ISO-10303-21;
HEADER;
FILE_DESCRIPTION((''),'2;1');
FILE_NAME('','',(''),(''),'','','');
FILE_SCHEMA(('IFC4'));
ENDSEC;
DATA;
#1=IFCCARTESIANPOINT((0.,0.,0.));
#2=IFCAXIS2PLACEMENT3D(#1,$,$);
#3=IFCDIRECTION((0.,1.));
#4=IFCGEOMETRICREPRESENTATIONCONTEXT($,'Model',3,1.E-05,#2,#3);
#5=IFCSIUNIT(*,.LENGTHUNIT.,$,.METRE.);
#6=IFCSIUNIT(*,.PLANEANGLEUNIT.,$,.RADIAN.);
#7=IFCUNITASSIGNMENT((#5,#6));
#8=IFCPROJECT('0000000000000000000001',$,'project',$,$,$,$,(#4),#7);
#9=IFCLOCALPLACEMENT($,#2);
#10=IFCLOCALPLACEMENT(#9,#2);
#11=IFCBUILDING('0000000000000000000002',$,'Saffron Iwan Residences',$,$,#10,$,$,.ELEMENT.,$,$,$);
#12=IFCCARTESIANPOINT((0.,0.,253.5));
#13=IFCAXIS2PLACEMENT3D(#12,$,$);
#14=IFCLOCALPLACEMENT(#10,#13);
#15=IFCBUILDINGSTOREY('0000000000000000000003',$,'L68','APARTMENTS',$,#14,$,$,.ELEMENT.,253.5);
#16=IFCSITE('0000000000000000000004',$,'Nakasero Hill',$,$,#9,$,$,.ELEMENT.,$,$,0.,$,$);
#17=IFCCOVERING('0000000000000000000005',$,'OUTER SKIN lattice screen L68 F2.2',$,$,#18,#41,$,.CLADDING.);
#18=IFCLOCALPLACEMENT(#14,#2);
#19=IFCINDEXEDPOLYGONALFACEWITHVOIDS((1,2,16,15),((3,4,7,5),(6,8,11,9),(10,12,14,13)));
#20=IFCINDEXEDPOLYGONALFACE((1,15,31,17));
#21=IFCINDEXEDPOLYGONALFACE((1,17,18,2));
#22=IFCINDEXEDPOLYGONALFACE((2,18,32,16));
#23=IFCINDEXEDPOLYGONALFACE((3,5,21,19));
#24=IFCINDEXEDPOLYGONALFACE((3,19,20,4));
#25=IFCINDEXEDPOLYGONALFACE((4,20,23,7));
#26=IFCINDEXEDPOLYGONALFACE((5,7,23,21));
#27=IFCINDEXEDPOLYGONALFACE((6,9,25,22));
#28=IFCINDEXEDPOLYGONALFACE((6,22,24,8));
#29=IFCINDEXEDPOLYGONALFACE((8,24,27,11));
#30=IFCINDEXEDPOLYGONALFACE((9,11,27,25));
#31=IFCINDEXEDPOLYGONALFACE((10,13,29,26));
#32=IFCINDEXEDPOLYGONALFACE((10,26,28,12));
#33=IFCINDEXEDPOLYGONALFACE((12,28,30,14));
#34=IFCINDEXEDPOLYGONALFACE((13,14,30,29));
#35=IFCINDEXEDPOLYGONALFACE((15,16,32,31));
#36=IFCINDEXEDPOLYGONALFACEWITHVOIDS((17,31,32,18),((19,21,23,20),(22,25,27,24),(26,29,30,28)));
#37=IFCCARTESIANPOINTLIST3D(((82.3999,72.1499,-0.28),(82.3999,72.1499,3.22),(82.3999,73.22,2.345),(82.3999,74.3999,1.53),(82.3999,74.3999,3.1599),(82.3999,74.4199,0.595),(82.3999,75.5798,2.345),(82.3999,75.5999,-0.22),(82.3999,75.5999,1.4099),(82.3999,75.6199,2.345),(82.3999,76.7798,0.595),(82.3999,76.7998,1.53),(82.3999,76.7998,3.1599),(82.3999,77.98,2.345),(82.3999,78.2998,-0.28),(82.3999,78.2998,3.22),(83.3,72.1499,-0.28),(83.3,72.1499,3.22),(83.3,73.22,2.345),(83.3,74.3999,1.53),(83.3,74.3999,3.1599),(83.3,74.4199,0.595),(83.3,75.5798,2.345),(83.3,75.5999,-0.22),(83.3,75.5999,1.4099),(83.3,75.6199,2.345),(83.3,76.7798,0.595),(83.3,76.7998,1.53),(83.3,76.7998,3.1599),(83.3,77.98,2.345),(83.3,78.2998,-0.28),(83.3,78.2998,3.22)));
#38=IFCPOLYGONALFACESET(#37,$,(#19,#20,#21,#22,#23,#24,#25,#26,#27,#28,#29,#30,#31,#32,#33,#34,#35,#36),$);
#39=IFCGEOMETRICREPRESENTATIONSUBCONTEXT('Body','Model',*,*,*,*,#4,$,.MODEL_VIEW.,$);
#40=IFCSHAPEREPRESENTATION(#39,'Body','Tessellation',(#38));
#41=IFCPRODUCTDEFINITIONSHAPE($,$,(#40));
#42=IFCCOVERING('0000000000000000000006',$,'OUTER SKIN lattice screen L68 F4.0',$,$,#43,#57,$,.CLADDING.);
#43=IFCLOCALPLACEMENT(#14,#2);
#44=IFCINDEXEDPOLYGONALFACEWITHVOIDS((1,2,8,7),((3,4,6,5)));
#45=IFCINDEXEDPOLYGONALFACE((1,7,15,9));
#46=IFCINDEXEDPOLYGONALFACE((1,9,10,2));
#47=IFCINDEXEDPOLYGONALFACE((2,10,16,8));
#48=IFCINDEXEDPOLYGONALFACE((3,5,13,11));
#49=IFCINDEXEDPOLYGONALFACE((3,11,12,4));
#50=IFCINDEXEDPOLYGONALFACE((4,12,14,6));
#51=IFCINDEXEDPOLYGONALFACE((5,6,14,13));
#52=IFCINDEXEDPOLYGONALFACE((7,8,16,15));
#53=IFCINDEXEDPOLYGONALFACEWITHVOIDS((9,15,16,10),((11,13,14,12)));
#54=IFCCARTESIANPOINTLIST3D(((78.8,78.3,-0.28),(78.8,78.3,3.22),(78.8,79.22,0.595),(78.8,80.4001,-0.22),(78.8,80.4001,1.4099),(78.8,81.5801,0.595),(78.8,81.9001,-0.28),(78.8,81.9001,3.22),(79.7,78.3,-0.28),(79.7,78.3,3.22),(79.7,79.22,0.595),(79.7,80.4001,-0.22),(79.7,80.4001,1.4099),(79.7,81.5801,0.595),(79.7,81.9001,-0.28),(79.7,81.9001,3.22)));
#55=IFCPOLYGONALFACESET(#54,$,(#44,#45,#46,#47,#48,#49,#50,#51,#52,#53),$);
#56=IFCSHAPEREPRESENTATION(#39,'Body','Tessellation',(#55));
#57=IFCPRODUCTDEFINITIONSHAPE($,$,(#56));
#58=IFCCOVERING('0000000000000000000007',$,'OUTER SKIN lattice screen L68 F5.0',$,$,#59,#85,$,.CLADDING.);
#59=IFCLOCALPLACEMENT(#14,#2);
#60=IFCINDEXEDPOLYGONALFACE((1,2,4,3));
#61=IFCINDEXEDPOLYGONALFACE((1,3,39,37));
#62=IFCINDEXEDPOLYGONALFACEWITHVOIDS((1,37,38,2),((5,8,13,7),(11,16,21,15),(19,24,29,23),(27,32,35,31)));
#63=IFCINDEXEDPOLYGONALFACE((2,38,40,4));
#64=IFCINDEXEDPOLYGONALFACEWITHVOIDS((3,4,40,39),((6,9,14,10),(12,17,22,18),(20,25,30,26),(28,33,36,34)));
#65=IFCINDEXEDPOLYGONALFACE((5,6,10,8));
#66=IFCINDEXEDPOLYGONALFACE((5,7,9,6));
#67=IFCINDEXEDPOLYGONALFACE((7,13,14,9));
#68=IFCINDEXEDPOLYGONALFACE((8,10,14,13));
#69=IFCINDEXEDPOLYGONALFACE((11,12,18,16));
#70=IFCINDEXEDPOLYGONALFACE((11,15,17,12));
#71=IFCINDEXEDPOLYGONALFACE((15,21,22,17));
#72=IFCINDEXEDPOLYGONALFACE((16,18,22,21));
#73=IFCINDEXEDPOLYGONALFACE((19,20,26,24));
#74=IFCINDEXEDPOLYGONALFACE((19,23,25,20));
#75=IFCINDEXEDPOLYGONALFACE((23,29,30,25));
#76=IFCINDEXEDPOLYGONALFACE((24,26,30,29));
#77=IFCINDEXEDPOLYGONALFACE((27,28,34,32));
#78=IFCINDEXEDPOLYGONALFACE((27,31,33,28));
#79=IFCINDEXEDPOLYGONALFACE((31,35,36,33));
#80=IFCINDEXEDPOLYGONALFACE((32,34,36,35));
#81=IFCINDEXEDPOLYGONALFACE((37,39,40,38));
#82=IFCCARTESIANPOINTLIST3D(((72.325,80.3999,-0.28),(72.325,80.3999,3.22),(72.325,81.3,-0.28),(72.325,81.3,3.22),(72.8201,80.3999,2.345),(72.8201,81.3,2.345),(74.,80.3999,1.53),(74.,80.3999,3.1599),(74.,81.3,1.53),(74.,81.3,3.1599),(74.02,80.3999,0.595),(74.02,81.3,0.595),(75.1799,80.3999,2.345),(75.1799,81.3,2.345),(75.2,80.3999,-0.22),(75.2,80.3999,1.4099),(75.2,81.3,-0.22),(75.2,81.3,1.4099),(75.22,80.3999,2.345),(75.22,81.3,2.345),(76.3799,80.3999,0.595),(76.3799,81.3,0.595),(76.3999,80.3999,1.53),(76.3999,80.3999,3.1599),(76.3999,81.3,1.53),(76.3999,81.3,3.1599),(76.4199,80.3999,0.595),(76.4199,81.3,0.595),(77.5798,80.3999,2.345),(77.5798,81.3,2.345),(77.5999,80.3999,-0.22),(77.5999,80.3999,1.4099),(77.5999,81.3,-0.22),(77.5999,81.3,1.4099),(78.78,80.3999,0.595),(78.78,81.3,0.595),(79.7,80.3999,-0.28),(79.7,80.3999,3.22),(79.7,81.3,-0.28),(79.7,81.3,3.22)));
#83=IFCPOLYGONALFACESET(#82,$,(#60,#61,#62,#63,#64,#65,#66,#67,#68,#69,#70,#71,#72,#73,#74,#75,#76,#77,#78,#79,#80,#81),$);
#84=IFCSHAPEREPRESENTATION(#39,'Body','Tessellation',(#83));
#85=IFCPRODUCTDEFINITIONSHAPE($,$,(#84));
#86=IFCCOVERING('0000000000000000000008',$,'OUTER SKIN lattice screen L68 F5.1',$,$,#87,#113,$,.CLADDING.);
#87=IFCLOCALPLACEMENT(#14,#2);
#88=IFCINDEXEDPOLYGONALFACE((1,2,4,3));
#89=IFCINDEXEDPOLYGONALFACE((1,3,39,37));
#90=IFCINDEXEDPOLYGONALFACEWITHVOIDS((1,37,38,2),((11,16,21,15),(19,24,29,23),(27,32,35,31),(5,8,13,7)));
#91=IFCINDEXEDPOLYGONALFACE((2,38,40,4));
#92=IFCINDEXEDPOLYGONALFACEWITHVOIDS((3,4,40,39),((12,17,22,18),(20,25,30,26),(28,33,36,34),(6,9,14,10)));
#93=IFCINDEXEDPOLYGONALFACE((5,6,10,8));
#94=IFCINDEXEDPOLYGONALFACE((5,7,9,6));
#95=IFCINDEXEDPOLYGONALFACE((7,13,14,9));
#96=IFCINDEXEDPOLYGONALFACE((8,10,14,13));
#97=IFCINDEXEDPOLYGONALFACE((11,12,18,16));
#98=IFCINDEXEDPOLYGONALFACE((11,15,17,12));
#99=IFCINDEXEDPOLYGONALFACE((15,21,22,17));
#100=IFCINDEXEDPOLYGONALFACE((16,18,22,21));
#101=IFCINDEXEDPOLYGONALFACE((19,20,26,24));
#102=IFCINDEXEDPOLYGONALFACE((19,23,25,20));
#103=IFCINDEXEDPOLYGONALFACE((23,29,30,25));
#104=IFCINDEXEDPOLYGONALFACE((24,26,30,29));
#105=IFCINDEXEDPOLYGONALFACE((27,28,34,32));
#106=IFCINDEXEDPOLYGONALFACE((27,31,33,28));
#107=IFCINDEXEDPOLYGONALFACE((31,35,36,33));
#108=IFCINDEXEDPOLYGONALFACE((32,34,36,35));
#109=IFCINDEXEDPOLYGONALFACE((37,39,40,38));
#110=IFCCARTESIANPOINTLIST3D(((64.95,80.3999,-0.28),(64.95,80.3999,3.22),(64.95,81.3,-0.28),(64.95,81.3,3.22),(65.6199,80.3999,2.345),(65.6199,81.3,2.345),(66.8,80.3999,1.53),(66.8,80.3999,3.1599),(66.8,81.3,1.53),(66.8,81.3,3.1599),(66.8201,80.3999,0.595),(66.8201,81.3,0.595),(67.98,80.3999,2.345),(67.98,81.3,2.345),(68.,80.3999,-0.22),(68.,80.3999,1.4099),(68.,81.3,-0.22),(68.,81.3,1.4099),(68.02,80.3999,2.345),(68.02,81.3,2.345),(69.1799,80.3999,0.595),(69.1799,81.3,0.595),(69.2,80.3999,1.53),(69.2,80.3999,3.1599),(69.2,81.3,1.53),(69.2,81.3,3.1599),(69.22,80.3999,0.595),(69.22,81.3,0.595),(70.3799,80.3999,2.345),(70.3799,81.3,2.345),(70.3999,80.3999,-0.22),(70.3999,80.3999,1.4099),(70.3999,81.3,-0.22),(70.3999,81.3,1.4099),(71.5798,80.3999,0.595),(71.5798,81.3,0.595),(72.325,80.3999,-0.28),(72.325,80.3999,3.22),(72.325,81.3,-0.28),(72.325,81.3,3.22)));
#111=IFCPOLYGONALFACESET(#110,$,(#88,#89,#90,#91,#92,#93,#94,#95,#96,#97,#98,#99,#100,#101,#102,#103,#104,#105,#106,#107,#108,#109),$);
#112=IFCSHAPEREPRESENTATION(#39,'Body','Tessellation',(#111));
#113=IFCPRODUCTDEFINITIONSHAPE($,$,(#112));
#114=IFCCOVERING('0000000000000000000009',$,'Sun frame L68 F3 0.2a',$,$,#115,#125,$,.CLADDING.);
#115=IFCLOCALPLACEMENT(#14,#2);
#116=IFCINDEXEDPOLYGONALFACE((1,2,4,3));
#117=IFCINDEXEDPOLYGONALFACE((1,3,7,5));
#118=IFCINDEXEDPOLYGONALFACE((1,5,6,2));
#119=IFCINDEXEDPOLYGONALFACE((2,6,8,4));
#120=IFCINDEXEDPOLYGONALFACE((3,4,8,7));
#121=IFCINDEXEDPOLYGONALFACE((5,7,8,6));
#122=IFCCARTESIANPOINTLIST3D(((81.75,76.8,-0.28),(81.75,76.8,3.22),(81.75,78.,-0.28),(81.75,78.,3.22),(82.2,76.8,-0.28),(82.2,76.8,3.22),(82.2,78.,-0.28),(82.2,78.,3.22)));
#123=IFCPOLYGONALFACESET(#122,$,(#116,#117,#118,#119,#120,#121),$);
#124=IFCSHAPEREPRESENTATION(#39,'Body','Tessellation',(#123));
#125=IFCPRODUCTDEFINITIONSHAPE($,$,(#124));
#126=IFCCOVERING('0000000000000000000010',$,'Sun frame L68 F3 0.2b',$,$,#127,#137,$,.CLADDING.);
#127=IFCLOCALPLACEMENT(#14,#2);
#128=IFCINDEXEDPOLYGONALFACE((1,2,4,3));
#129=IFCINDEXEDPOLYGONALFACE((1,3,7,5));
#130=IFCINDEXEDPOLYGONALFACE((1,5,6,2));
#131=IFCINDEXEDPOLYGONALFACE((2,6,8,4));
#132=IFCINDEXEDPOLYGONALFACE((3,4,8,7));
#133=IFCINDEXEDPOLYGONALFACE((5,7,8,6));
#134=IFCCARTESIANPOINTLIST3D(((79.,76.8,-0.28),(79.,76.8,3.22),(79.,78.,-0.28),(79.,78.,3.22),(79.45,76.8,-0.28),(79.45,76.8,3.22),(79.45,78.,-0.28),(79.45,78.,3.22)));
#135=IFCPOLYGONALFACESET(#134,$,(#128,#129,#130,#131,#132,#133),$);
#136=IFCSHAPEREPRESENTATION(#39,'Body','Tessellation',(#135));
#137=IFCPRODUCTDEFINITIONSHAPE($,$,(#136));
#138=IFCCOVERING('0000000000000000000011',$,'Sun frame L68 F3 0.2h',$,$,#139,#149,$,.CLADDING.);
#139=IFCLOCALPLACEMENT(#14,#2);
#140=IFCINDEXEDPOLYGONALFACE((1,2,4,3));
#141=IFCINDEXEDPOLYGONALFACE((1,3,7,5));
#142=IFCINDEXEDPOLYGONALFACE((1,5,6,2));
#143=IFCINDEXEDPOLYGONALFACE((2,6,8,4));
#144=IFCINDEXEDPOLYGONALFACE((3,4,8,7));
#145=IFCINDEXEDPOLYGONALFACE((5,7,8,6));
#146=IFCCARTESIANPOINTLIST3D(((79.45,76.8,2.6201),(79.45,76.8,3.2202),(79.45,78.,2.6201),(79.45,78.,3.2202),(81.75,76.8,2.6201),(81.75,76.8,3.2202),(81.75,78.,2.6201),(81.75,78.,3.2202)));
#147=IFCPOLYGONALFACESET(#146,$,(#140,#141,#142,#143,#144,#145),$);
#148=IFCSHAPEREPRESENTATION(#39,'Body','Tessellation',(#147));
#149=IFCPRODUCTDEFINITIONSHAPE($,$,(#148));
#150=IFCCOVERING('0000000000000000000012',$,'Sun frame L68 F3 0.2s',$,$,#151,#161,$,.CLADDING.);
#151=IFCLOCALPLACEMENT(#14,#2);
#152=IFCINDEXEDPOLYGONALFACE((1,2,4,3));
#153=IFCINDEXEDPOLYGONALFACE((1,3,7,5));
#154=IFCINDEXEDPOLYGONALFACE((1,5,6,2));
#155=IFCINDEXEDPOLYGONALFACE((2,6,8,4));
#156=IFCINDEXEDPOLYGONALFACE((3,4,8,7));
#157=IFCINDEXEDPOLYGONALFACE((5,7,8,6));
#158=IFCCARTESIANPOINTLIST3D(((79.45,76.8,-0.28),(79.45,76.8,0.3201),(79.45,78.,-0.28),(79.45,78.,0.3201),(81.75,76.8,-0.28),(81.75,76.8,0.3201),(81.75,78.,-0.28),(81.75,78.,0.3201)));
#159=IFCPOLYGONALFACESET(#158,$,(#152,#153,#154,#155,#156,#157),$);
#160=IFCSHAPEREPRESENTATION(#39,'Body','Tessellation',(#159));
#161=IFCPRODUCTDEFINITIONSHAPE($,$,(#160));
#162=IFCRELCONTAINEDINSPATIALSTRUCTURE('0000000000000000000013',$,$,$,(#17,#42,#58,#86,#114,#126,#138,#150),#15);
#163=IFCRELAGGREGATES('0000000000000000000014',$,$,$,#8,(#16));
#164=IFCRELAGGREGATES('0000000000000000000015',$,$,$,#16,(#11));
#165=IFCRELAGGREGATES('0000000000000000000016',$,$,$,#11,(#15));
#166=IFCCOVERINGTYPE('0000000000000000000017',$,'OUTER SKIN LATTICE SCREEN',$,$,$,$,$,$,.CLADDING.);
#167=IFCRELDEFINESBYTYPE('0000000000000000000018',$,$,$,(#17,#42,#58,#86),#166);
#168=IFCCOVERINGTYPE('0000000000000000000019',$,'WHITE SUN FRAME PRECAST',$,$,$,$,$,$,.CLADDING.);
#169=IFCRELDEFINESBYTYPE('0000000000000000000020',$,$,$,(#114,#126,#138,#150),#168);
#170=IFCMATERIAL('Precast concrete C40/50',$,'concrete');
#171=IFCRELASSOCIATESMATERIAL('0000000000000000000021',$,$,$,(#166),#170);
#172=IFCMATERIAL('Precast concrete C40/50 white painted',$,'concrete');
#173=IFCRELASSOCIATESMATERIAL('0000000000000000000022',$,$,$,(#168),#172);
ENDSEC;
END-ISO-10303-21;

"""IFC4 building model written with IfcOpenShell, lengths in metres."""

from ifc_helpers import new_model, si_unit, direction, frame, origin, place, context, subcontext, project, spatial, polyline, outline, extrude, material, type_object, element, save


model = new_model("IFC4")

# Units and contexts
model_context = context("Model", 3, precision=1e-05, world=origin(), true_north=direction((0.0, 1.0)))
body_context = subcontext(model_context, "Body", "Model", "MODEL_VIEW")
ifc_project = project(units=[si_unit("LENGTHUNIT", "METRE"), si_unit("PLANEANGLEUNIT", "RADIAN")], contexts=[model_context])

# Site, building, storey
site_placement = place(None, origin())
site = spatial("IfcSite", under=ifc_project, at=site_placement, Name="Nakasero Hill", CompositionType="ELEMENT", RefElevation=0.0)
building_placement = place(site_placement, origin())
building = spatial("IfcBuilding", under=site, at=building_placement, Name="Saffron Iwan Residences", CompositionType="ELEMENT")
storey_placement = place(building_placement, frame((0.0, 0.0, 253.5)))
storey = spatial("IfcBuildingStorey", under=building, at=storey_placement, Name="L68", Description="APARTMENTS", CompositionType="ELEMENT", Elevation=253.5)

# Coverings
ifc_material_1 = material(Name="Precast concrete C40/50", Category="concrete")
covering_type_1 = type_object("IfcCoveringType", Name="OUTER SKIN LATTICE SCREEN", PredefinedType="CLADDING", material=ifc_material_1)
covering_1_placement = place(storey_placement, frame((82.3999, 72.1499, -0.28), z_axis=(1.0, 0.0, 0.0), x_axis=(0.0, 1.0, 0.0)))
element("IfcCovering", 1, at=covering_1_placement, inside=storey, type_object=covering_type_1, Name="OUTER SKIN lattice screen L68 F2.2", PredefinedType="CLADDING", context=body_context, shape_type="SweptSolid", body=[
    extrude(outline(polyline([(0.0, 0.0), (6.1499, 0.0), (6.1499, 3.5), (0.0, 3.5), (0.0, 0.0)]), holes=[polyline([(2.27, 0.875), (3.45, 0.0601), (4.6299, 0.875), (3.45, 1.6899), (2.27, 0.875)]), polyline([(1.0701, 2.625), (2.25, 1.8101), (3.4299, 2.625), (2.25, 3.4399), (1.0701, 2.625)]), polyline([(3.47, 2.625), (4.6499, 1.8101), (5.8301, 2.625), (4.6499, 3.4399), (3.47, 2.625)])]), origin(), (0.0, 0.0, 1.0), 0.9001),
])
covering_2_placement = place(storey_placement, frame((78.8, 78.3, -0.28), z_axis=(1.0, 0.0, 0.0), x_axis=(0.0, 1.0, 0.0)))
element("IfcCovering", 2, at=covering_2_placement, inside=storey, type_object=covering_type_1, Name="OUTER SKIN lattice screen L68 F4.0", PredefinedType="CLADDING", context=body_context, shape_type="SweptSolid", body=[
    extrude(outline(polyline([(0.0, 0.0), (3.6001, 0.0), (3.6001, 3.5), (0.0, 3.5), (0.0, 0.0)]), holes=[polyline([(0.9199, 0.875), (2.1001, 0.0601), (3.28, 0.875), (2.1001, 1.6899), (0.9199, 0.875)])]), origin(), (0.0, 0.0, 1.0), 0.8999),
])
covering_3_placement = place(storey_placement, frame((79.7, 80.3999, -0.28), z_axis=(0.0, 1.0, 0.0), x_axis=(-1.0, 0.0, 0.0)))
element("IfcCovering", 3, at=covering_3_placement, inside=storey, type_object=covering_type_1, Name="OUTER SKIN lattice screen L68 F5.0", PredefinedType="CLADDING", context=body_context, shape_type="SweptSolid", body=[
    extrude(outline(polyline([(0.0, 0.0), (7.375, 0.0), (7.375, 3.5), (0.0, 3.5), (0.0, 0.0)]), holes=[polyline([(0.9199, 0.875), (2.1001, 0.0601), (3.28, 0.875), (2.1001, 1.6899), (0.9199, 0.875)]), polyline([(3.3201, 0.875), (4.5, 0.0601), (5.6799, 0.875), (4.5, 1.6899), (3.3201, 0.875)]), polyline([(2.1201, 2.625), (3.3, 1.8101), (4.48, 2.625), (3.3, 3.4399), (2.1201, 2.625)]), polyline([(4.52, 2.625), (5.7, 1.8101), (6.8799, 2.625), (5.7, 3.4399), (4.52, 2.625)])]), origin(), (0.0, 0.0, 1.0), 0.9001),
])
covering_4_placement = place(storey_placement, frame((72.325, 80.3999, -0.28), z_axis=(0.0, 1.0, 0.0), x_axis=(-1.0, 0.0, 0.0)))
element("IfcCovering", 4, at=covering_4_placement, inside=storey, type_object=covering_type_1, Name="OUTER SKIN lattice screen L68 F5.1", PredefinedType="CLADDING", context=body_context, shape_type="SweptSolid", body=[
    extrude(outline(polyline([(0.0, 0.0), (7.375, 0.0), (7.375, 3.5), (0.0, 3.5), (0.0, 0.0)]), holes=[polyline([(0.7451, 0.875), (1.925, 0.0601), (3.105, 0.875), (1.925, 1.6899), (0.7451, 0.875)]), polyline([(3.145, 0.875), (4.325, 0.0601), (5.5049, 0.875), (4.325, 1.6899), (3.145, 0.875)]), polyline([(1.9451, 2.625), (3.125, 1.8101), (4.3049, 2.625), (3.125, 3.4399), (1.9451, 2.625)]), polyline([(4.345, 2.625), (5.5249, 1.8101), (6.7051, 2.625), (5.5249, 3.4399), (4.345, 2.625)])]), origin(), (0.0, 0.0, 1.0), 0.9001),
])
ifc_material_2 = material(Name="Precast concrete C40/50 white painted", Category="concrete")
covering_type_2 = type_object("IfcCoveringType", Name="WHITE SUN FRAME PRECAST", PredefinedType="CLADDING", material=ifc_material_2)
for number, where, z_axis, x_axis, name in (
    (5, (82.2, 76.8, -0.28), (0.0, 1.0, 0.0), (-1.0, 0.0, 0.0), "Sun frame L68 F3 0.2a"),
    (6, (79.45, 76.8, -0.28), (0.0, 1.0, 0.0), (-1.0, 0.0, 0.0), "Sun frame L68 F3 0.2b"),
):
    element("IfcCovering", number, at=place(storey_placement, frame(where, z_axis=z_axis, x_axis=x_axis)), inside=storey, type_object=covering_type_2, Name=name, PredefinedType="CLADDING", context=body_context, shape_type="SweptSolid", body=[
        extrude(outline(polyline([(0.0, 0.0), (0.45, 0.0), (0.45, 3.5), (0.0, 3.5), (0.0, 0.0)])), origin(), (0.0, 0.0, 1.0), 1.2),
    ])
for number, where, z_axis, x_axis, name in (
    (7, (81.75, 76.8, 2.6201), (0.0, 1.0, 0.0), (-1.0, 0.0, 0.0), "Sun frame L68 F3 0.2h"),
    (8, (81.75, 76.8, -0.28), (0.0, 1.0, 0.0), (-1.0, 0.0, 0.0), "Sun frame L68 F3 0.2s"),
):
    element("IfcCovering", number, at=place(storey_placement, frame(where, z_axis=z_axis, x_axis=x_axis)), inside=storey, type_object=covering_type_2, Name=name, PredefinedType="CLADDING", context=body_context, shape_type="SweptSolid", body=[
        extrude(outline(polyline([(0.0, 0.0), (2.3, 0.0), (2.3, 0.6001), (0.0, 0.6001), (0.0, 0.0)])), origin(), (0.0, 0.0, 1.0), 1.2),
    ])

save(model, "model.ifc")
